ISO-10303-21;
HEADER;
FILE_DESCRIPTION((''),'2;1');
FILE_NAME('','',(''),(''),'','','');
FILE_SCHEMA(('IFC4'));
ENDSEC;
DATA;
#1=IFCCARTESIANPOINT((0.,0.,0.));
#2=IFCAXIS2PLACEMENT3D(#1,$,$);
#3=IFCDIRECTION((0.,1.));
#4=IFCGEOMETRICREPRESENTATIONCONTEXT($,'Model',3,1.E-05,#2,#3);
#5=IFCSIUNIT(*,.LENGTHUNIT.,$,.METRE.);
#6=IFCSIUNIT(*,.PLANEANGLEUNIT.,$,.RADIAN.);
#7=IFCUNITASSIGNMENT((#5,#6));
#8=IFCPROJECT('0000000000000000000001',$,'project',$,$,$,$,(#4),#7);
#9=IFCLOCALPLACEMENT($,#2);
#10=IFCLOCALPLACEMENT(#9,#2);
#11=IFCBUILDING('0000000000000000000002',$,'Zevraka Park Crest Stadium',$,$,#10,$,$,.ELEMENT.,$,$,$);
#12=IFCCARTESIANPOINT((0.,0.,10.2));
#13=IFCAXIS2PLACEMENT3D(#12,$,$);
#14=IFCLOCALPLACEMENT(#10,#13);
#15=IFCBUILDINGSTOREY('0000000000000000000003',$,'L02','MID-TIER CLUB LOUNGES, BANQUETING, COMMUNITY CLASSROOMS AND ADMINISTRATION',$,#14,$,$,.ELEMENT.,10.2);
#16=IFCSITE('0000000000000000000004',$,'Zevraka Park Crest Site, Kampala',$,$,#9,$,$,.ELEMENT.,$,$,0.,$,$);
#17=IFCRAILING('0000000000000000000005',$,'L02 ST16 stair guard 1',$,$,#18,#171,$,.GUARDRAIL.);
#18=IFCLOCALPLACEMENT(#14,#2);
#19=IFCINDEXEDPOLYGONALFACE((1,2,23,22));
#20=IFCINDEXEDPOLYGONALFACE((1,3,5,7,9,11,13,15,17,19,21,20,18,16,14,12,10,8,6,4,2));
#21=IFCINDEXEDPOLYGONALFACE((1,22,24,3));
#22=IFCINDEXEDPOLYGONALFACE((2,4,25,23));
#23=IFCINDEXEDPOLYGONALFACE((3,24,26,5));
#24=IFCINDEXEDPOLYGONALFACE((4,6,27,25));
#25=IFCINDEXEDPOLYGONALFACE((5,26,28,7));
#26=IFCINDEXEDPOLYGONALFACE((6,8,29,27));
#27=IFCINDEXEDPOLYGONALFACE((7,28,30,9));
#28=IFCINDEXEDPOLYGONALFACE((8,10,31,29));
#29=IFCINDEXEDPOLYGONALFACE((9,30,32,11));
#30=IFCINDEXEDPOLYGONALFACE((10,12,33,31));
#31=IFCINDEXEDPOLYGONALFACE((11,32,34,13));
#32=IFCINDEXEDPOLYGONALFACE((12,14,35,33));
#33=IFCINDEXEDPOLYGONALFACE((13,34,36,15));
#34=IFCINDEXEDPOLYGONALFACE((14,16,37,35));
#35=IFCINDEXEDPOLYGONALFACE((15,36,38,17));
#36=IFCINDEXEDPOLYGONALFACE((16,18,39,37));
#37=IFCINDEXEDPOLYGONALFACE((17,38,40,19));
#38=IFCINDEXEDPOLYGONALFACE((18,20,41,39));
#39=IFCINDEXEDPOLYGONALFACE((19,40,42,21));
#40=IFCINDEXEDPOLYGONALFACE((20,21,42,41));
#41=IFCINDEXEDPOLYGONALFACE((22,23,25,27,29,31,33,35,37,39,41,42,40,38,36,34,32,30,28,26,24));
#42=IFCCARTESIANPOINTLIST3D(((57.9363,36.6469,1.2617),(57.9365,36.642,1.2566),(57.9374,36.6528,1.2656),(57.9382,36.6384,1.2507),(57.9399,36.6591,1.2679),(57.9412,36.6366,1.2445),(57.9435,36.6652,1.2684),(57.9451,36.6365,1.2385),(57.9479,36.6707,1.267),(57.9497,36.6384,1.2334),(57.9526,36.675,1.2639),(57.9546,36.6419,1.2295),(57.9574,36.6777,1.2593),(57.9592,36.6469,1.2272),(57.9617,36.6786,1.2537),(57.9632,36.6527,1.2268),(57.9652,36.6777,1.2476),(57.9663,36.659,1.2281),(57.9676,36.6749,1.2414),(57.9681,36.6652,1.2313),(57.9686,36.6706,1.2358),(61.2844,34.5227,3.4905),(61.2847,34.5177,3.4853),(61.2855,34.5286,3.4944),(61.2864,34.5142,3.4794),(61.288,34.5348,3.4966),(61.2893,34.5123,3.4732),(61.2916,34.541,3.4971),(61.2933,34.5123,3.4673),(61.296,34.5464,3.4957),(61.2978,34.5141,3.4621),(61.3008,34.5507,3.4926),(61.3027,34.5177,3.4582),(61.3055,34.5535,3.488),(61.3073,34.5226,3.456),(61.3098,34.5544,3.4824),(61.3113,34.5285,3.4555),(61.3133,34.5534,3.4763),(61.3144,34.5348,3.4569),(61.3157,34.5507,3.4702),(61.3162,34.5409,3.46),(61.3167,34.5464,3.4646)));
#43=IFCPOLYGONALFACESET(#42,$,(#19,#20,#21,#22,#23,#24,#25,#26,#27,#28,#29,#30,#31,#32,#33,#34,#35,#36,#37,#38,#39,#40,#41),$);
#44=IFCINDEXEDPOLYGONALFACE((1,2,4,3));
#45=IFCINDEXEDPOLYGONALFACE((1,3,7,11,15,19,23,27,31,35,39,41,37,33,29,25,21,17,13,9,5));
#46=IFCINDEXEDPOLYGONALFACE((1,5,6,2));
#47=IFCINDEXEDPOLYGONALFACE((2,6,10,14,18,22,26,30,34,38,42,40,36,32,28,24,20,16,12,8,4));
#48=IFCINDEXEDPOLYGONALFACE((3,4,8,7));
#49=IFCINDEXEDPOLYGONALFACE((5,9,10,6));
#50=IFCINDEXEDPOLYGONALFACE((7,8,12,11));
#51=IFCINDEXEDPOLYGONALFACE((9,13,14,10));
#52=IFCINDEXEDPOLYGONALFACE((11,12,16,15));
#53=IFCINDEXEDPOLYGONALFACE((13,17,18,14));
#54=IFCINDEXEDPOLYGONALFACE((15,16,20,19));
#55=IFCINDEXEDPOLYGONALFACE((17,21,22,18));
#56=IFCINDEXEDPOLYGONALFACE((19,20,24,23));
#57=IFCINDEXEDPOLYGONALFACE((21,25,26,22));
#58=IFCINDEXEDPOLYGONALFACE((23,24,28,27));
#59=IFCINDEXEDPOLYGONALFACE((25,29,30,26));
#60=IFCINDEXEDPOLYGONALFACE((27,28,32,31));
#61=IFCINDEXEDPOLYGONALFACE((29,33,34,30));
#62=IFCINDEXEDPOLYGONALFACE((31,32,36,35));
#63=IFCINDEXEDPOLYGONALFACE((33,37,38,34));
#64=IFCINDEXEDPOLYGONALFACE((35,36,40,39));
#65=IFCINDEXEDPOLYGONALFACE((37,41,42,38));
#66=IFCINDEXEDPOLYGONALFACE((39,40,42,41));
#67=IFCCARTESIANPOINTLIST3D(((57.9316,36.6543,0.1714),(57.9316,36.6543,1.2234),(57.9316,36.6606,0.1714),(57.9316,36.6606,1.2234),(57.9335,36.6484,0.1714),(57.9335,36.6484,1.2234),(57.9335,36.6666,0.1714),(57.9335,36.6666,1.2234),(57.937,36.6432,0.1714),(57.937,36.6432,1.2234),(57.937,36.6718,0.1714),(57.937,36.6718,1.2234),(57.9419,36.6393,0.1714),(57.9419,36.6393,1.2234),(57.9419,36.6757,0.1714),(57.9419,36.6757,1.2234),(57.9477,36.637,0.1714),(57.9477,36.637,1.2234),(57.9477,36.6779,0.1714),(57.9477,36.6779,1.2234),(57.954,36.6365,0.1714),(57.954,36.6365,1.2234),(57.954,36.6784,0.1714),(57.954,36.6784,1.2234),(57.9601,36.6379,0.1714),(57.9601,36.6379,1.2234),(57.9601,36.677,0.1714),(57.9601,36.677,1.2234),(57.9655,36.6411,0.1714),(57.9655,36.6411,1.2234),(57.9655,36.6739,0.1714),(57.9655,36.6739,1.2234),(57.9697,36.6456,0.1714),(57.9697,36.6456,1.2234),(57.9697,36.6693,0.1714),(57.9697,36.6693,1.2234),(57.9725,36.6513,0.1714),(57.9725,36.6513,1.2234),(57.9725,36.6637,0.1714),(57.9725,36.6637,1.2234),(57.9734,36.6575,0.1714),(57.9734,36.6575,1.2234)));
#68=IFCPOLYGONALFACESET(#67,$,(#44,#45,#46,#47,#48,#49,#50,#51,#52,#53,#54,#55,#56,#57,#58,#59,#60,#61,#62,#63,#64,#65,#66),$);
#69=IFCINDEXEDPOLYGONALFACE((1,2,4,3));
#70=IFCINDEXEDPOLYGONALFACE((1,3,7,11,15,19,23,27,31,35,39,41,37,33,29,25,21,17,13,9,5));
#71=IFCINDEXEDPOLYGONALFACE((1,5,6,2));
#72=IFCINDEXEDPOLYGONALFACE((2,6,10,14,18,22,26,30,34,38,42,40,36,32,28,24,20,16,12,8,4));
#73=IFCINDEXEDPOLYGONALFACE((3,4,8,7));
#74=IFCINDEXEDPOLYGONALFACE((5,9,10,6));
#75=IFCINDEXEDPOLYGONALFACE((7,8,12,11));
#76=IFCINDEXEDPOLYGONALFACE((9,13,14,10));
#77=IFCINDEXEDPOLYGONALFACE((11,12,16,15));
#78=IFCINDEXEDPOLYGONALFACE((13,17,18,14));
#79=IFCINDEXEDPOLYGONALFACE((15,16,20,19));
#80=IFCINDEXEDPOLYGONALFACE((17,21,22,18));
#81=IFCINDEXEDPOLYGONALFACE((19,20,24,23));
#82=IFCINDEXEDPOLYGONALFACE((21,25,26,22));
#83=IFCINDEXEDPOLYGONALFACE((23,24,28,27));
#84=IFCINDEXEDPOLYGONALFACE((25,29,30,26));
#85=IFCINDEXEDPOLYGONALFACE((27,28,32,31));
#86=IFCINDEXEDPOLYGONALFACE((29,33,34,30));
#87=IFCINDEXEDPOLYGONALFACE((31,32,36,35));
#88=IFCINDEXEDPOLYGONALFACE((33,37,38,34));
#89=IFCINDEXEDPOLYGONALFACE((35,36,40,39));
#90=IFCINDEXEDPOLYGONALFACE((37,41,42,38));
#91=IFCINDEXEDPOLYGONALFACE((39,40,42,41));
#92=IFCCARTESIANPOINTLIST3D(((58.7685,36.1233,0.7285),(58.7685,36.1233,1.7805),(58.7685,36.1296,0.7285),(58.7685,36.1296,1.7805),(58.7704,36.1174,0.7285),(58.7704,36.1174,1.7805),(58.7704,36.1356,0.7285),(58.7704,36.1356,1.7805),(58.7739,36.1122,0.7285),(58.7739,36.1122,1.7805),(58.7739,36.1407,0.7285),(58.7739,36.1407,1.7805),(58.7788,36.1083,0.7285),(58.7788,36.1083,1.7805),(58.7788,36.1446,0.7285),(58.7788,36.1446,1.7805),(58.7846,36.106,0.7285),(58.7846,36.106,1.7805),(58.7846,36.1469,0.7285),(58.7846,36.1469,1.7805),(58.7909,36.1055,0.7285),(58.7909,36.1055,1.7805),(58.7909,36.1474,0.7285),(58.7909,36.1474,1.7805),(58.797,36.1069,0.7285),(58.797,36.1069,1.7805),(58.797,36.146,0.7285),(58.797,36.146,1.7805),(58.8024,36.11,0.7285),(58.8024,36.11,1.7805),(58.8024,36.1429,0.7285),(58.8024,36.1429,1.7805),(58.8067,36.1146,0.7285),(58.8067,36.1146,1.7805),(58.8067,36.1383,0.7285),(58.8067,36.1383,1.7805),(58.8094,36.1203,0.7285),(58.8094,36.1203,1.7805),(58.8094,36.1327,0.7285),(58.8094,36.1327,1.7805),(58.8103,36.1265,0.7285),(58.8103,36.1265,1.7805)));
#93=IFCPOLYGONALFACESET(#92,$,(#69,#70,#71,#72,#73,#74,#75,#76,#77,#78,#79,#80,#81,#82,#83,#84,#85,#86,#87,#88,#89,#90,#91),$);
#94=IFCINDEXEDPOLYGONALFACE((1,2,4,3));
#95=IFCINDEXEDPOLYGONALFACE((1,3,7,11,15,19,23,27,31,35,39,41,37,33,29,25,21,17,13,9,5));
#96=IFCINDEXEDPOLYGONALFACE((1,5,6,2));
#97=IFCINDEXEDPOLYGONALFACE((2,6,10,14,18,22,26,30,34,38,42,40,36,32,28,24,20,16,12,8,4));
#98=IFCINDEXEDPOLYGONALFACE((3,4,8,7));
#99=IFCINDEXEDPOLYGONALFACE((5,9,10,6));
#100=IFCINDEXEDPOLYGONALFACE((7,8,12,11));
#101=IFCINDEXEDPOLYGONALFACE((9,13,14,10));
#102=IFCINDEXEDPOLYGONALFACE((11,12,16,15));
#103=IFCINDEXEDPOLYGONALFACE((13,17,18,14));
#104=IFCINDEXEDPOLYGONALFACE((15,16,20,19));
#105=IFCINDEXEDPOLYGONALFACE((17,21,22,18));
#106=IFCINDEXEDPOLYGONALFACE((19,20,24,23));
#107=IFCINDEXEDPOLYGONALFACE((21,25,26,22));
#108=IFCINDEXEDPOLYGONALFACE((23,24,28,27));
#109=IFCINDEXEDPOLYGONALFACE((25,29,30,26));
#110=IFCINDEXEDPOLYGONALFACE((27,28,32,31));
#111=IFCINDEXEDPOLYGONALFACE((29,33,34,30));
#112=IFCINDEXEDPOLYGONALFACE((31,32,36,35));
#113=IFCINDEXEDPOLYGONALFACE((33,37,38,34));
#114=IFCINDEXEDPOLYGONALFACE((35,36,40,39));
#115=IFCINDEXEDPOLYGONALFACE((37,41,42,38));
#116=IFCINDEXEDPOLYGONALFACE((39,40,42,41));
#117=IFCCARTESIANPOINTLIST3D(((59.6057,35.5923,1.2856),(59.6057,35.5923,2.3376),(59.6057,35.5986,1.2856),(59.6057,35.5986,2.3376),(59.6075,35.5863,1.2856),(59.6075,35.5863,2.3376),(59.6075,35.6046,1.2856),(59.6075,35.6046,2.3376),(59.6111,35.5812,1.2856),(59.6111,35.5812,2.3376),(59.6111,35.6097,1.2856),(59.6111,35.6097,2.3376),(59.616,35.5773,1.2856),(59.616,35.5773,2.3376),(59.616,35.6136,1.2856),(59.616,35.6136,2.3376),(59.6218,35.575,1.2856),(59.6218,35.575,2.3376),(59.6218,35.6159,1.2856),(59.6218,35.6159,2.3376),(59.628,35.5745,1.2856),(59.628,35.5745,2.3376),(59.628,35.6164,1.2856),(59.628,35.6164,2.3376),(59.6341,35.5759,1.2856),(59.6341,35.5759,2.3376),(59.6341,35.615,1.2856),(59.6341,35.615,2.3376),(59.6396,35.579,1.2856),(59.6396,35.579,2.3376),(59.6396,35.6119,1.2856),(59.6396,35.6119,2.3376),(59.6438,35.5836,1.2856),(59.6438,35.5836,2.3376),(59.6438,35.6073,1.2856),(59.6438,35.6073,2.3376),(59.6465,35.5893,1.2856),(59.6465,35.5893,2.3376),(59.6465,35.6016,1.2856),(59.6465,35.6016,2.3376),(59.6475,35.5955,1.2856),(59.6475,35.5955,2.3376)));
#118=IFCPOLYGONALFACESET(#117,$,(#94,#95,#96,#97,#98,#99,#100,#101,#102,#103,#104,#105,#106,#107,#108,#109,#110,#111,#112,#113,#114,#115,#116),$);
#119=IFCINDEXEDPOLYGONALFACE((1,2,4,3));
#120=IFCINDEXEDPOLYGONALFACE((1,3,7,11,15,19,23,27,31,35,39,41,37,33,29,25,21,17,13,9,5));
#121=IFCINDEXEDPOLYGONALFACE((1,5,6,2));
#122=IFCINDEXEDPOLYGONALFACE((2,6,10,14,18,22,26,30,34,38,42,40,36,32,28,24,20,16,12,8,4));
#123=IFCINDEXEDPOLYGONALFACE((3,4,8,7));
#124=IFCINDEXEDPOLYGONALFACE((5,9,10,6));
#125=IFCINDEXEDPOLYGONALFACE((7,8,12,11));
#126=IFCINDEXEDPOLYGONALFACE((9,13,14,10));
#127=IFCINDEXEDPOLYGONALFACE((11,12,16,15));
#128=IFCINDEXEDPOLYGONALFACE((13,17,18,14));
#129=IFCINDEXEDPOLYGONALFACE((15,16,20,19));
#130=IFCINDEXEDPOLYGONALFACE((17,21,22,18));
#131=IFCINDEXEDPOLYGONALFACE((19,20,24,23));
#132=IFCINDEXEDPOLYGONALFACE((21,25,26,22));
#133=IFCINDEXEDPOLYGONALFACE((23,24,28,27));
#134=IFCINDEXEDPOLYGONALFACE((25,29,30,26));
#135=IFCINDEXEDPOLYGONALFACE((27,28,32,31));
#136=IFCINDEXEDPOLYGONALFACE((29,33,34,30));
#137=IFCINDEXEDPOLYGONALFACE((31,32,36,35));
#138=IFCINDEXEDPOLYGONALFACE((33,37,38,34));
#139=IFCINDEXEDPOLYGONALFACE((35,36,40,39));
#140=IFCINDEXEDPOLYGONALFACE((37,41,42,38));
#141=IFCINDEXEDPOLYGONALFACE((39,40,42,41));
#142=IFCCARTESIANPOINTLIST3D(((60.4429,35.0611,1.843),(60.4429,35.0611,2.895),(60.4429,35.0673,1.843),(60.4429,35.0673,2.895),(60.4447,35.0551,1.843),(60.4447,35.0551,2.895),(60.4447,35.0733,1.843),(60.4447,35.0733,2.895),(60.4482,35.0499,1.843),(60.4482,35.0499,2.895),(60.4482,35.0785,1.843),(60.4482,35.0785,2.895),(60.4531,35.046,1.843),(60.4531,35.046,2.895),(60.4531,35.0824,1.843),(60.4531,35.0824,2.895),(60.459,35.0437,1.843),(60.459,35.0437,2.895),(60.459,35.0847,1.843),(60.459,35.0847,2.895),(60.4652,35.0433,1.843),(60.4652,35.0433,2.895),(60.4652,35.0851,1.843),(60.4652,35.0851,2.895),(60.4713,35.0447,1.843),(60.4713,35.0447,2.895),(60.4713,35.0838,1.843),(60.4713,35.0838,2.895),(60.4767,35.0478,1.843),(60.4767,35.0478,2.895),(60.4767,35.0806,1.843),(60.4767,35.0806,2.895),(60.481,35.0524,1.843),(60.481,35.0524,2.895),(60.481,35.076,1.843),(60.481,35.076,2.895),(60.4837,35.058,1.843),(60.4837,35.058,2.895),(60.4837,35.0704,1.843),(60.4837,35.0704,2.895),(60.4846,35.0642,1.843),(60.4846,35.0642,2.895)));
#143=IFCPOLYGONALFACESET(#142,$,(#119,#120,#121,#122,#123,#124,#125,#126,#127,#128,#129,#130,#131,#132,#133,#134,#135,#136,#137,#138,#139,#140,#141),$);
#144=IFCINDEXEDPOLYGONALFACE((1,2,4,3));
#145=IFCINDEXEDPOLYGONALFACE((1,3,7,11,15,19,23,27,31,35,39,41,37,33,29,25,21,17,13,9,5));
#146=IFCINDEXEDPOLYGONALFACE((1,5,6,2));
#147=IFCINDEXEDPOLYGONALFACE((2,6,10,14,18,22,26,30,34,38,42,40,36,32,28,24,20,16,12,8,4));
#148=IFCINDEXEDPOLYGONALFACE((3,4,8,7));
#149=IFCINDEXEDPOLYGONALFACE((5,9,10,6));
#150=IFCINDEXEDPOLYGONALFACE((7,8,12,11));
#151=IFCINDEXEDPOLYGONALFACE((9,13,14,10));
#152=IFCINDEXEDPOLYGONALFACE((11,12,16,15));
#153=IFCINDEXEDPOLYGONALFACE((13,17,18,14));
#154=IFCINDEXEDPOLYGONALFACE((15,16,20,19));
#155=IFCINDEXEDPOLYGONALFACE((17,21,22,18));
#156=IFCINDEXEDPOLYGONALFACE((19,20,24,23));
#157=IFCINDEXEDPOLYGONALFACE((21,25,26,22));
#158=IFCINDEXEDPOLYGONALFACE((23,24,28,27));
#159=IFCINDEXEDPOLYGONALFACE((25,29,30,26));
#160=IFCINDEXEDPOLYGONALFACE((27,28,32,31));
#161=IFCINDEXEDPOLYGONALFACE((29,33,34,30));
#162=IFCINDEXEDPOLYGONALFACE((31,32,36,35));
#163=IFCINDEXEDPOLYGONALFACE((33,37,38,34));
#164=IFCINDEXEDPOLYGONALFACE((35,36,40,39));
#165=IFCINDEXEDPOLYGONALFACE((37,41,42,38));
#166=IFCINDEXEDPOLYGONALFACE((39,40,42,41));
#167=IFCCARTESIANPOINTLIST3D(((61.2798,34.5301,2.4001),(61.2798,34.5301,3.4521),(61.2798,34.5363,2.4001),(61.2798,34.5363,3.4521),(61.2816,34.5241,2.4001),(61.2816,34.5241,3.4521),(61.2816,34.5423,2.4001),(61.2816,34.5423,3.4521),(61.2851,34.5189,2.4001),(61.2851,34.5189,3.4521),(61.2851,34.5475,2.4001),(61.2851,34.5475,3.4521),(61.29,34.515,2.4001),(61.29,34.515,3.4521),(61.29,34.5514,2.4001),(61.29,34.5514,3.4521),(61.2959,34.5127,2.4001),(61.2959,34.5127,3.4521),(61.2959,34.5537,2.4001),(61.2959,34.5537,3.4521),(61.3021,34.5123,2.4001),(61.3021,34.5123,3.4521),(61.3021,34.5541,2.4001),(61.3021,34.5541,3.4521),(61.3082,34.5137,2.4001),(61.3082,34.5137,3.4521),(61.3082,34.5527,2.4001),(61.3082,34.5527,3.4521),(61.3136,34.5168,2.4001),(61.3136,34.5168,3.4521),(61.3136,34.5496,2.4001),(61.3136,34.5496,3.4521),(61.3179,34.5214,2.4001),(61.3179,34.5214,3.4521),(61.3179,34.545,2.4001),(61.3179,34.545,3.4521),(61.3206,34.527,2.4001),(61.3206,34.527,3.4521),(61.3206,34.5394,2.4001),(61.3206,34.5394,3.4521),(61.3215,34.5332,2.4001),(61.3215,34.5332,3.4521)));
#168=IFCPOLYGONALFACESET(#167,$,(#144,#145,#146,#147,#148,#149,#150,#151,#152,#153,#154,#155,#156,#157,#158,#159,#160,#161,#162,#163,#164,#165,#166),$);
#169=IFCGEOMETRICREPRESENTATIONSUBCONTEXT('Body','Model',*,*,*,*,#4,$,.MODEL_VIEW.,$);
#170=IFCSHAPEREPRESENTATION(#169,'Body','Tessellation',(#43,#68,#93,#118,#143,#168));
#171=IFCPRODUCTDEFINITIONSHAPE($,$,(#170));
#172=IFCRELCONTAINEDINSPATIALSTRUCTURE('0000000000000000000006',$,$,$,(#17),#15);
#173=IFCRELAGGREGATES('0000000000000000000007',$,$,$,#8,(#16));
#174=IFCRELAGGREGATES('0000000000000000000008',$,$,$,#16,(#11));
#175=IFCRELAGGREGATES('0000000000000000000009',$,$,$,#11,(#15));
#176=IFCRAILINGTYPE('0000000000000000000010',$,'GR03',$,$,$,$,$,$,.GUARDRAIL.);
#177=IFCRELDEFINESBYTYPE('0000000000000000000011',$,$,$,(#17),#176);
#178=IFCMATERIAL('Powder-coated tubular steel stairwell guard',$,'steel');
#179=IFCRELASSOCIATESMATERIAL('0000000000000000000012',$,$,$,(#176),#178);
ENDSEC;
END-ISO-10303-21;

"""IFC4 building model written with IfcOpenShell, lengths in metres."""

from ifc_helpers import new_model, si_unit, direction, frame, origin, origin_2d, place, context, subcontext, project, spatial, circle, extrude, material, type_object, element, save


model = new_model("IFC4")

# Units and contexts
model_context = context("Model", 3, precision=1e-05, world=origin(), true_north=direction((0.0, 1.0)))
body_context = subcontext(model_context, "Body", "Model", "MODEL_VIEW")
ifc_project = project(units=[si_unit("LENGTHUNIT", "METRE"), si_unit("PLANEANGLEUNIT", "RADIAN")], contexts=[model_context])

# Site, building, storey
site_placement = place(None, origin())
site = spatial("IfcSite", under=ifc_project, at=site_placement, Name="Zevraka Park Crest Site, Kampala", CompositionType="ELEMENT", RefElevation=0.0)
building_placement = place(site_placement, origin())
building = spatial("IfcBuilding", under=site, at=building_placement, Name="Zevraka Park Crest Stadium", CompositionType="ELEMENT")
storey_placement = place(building_placement, frame((0.0, 0.0, 10.2)))
storey = spatial("IfcBuildingStorey", under=building, at=storey_placement, Name="L02", Description="MID-TIER CLUB LOUNGES, BANQUETING, COMMUNITY CLASSROOMS AND ADMINISTRATION", CompositionType="ELEMENT", Elevation=10.2)

# Railing
ifc_material_1 = material(Name="Powder-coated tubular steel stairwell guard", Category="steel")
railing_type_1 = type_object("IfcRailingType", Name="GR03", PredefinedType="GUARDRAIL", material=ifc_material_1)
railing_1_placement = place(storey_placement, frame((57.9524, 36.6575, 0.1714)))
element("IfcRailing", 1, at=railing_1_placement, inside=storey, type_object=railing_type_1, Name="L02 ST16 stair guard 1", PredefinedType="GUARDRAIL", context=body_context, shape_type="SweptSolid", body=[
    extrude(circle(Radius=0.0239, at=origin_2d()), frame((0.0, 0.0, 1.0762), z_axis=(0.736079, -0.467014, 0.489986), x_axis=(0.535732, 0.844388, 0.0)), (0.0, 0.0, 1.0), 4.5486),
    extrude(circle(Radius=0.021, at=origin_2d()), origin(), (0.0, 0.0, 1.0), 1.052),
    extrude(circle(Radius=0.021, at=origin_2d()), frame((0.8369, -0.531, 0.5571)), (0.0, 0.0, 1.0), 1.052),
    extrude(circle(Radius=0.021, at=origin_2d()), frame((1.6741, -1.062, 1.1143)), (0.0, 0.0, 1.0), 1.052),
    extrude(circle(Radius=0.021, at=origin_2d()), frame((2.5112, -1.5933, 1.6716)), (0.0, 0.0, 1.0), 1.052),
    extrude(circle(Radius=0.021, at=origin_2d()), frame((3.3481, -2.1243, 2.2288)), (0.0, 0.0, 1.0), 1.052),
])

save(model, "model.ifc")
